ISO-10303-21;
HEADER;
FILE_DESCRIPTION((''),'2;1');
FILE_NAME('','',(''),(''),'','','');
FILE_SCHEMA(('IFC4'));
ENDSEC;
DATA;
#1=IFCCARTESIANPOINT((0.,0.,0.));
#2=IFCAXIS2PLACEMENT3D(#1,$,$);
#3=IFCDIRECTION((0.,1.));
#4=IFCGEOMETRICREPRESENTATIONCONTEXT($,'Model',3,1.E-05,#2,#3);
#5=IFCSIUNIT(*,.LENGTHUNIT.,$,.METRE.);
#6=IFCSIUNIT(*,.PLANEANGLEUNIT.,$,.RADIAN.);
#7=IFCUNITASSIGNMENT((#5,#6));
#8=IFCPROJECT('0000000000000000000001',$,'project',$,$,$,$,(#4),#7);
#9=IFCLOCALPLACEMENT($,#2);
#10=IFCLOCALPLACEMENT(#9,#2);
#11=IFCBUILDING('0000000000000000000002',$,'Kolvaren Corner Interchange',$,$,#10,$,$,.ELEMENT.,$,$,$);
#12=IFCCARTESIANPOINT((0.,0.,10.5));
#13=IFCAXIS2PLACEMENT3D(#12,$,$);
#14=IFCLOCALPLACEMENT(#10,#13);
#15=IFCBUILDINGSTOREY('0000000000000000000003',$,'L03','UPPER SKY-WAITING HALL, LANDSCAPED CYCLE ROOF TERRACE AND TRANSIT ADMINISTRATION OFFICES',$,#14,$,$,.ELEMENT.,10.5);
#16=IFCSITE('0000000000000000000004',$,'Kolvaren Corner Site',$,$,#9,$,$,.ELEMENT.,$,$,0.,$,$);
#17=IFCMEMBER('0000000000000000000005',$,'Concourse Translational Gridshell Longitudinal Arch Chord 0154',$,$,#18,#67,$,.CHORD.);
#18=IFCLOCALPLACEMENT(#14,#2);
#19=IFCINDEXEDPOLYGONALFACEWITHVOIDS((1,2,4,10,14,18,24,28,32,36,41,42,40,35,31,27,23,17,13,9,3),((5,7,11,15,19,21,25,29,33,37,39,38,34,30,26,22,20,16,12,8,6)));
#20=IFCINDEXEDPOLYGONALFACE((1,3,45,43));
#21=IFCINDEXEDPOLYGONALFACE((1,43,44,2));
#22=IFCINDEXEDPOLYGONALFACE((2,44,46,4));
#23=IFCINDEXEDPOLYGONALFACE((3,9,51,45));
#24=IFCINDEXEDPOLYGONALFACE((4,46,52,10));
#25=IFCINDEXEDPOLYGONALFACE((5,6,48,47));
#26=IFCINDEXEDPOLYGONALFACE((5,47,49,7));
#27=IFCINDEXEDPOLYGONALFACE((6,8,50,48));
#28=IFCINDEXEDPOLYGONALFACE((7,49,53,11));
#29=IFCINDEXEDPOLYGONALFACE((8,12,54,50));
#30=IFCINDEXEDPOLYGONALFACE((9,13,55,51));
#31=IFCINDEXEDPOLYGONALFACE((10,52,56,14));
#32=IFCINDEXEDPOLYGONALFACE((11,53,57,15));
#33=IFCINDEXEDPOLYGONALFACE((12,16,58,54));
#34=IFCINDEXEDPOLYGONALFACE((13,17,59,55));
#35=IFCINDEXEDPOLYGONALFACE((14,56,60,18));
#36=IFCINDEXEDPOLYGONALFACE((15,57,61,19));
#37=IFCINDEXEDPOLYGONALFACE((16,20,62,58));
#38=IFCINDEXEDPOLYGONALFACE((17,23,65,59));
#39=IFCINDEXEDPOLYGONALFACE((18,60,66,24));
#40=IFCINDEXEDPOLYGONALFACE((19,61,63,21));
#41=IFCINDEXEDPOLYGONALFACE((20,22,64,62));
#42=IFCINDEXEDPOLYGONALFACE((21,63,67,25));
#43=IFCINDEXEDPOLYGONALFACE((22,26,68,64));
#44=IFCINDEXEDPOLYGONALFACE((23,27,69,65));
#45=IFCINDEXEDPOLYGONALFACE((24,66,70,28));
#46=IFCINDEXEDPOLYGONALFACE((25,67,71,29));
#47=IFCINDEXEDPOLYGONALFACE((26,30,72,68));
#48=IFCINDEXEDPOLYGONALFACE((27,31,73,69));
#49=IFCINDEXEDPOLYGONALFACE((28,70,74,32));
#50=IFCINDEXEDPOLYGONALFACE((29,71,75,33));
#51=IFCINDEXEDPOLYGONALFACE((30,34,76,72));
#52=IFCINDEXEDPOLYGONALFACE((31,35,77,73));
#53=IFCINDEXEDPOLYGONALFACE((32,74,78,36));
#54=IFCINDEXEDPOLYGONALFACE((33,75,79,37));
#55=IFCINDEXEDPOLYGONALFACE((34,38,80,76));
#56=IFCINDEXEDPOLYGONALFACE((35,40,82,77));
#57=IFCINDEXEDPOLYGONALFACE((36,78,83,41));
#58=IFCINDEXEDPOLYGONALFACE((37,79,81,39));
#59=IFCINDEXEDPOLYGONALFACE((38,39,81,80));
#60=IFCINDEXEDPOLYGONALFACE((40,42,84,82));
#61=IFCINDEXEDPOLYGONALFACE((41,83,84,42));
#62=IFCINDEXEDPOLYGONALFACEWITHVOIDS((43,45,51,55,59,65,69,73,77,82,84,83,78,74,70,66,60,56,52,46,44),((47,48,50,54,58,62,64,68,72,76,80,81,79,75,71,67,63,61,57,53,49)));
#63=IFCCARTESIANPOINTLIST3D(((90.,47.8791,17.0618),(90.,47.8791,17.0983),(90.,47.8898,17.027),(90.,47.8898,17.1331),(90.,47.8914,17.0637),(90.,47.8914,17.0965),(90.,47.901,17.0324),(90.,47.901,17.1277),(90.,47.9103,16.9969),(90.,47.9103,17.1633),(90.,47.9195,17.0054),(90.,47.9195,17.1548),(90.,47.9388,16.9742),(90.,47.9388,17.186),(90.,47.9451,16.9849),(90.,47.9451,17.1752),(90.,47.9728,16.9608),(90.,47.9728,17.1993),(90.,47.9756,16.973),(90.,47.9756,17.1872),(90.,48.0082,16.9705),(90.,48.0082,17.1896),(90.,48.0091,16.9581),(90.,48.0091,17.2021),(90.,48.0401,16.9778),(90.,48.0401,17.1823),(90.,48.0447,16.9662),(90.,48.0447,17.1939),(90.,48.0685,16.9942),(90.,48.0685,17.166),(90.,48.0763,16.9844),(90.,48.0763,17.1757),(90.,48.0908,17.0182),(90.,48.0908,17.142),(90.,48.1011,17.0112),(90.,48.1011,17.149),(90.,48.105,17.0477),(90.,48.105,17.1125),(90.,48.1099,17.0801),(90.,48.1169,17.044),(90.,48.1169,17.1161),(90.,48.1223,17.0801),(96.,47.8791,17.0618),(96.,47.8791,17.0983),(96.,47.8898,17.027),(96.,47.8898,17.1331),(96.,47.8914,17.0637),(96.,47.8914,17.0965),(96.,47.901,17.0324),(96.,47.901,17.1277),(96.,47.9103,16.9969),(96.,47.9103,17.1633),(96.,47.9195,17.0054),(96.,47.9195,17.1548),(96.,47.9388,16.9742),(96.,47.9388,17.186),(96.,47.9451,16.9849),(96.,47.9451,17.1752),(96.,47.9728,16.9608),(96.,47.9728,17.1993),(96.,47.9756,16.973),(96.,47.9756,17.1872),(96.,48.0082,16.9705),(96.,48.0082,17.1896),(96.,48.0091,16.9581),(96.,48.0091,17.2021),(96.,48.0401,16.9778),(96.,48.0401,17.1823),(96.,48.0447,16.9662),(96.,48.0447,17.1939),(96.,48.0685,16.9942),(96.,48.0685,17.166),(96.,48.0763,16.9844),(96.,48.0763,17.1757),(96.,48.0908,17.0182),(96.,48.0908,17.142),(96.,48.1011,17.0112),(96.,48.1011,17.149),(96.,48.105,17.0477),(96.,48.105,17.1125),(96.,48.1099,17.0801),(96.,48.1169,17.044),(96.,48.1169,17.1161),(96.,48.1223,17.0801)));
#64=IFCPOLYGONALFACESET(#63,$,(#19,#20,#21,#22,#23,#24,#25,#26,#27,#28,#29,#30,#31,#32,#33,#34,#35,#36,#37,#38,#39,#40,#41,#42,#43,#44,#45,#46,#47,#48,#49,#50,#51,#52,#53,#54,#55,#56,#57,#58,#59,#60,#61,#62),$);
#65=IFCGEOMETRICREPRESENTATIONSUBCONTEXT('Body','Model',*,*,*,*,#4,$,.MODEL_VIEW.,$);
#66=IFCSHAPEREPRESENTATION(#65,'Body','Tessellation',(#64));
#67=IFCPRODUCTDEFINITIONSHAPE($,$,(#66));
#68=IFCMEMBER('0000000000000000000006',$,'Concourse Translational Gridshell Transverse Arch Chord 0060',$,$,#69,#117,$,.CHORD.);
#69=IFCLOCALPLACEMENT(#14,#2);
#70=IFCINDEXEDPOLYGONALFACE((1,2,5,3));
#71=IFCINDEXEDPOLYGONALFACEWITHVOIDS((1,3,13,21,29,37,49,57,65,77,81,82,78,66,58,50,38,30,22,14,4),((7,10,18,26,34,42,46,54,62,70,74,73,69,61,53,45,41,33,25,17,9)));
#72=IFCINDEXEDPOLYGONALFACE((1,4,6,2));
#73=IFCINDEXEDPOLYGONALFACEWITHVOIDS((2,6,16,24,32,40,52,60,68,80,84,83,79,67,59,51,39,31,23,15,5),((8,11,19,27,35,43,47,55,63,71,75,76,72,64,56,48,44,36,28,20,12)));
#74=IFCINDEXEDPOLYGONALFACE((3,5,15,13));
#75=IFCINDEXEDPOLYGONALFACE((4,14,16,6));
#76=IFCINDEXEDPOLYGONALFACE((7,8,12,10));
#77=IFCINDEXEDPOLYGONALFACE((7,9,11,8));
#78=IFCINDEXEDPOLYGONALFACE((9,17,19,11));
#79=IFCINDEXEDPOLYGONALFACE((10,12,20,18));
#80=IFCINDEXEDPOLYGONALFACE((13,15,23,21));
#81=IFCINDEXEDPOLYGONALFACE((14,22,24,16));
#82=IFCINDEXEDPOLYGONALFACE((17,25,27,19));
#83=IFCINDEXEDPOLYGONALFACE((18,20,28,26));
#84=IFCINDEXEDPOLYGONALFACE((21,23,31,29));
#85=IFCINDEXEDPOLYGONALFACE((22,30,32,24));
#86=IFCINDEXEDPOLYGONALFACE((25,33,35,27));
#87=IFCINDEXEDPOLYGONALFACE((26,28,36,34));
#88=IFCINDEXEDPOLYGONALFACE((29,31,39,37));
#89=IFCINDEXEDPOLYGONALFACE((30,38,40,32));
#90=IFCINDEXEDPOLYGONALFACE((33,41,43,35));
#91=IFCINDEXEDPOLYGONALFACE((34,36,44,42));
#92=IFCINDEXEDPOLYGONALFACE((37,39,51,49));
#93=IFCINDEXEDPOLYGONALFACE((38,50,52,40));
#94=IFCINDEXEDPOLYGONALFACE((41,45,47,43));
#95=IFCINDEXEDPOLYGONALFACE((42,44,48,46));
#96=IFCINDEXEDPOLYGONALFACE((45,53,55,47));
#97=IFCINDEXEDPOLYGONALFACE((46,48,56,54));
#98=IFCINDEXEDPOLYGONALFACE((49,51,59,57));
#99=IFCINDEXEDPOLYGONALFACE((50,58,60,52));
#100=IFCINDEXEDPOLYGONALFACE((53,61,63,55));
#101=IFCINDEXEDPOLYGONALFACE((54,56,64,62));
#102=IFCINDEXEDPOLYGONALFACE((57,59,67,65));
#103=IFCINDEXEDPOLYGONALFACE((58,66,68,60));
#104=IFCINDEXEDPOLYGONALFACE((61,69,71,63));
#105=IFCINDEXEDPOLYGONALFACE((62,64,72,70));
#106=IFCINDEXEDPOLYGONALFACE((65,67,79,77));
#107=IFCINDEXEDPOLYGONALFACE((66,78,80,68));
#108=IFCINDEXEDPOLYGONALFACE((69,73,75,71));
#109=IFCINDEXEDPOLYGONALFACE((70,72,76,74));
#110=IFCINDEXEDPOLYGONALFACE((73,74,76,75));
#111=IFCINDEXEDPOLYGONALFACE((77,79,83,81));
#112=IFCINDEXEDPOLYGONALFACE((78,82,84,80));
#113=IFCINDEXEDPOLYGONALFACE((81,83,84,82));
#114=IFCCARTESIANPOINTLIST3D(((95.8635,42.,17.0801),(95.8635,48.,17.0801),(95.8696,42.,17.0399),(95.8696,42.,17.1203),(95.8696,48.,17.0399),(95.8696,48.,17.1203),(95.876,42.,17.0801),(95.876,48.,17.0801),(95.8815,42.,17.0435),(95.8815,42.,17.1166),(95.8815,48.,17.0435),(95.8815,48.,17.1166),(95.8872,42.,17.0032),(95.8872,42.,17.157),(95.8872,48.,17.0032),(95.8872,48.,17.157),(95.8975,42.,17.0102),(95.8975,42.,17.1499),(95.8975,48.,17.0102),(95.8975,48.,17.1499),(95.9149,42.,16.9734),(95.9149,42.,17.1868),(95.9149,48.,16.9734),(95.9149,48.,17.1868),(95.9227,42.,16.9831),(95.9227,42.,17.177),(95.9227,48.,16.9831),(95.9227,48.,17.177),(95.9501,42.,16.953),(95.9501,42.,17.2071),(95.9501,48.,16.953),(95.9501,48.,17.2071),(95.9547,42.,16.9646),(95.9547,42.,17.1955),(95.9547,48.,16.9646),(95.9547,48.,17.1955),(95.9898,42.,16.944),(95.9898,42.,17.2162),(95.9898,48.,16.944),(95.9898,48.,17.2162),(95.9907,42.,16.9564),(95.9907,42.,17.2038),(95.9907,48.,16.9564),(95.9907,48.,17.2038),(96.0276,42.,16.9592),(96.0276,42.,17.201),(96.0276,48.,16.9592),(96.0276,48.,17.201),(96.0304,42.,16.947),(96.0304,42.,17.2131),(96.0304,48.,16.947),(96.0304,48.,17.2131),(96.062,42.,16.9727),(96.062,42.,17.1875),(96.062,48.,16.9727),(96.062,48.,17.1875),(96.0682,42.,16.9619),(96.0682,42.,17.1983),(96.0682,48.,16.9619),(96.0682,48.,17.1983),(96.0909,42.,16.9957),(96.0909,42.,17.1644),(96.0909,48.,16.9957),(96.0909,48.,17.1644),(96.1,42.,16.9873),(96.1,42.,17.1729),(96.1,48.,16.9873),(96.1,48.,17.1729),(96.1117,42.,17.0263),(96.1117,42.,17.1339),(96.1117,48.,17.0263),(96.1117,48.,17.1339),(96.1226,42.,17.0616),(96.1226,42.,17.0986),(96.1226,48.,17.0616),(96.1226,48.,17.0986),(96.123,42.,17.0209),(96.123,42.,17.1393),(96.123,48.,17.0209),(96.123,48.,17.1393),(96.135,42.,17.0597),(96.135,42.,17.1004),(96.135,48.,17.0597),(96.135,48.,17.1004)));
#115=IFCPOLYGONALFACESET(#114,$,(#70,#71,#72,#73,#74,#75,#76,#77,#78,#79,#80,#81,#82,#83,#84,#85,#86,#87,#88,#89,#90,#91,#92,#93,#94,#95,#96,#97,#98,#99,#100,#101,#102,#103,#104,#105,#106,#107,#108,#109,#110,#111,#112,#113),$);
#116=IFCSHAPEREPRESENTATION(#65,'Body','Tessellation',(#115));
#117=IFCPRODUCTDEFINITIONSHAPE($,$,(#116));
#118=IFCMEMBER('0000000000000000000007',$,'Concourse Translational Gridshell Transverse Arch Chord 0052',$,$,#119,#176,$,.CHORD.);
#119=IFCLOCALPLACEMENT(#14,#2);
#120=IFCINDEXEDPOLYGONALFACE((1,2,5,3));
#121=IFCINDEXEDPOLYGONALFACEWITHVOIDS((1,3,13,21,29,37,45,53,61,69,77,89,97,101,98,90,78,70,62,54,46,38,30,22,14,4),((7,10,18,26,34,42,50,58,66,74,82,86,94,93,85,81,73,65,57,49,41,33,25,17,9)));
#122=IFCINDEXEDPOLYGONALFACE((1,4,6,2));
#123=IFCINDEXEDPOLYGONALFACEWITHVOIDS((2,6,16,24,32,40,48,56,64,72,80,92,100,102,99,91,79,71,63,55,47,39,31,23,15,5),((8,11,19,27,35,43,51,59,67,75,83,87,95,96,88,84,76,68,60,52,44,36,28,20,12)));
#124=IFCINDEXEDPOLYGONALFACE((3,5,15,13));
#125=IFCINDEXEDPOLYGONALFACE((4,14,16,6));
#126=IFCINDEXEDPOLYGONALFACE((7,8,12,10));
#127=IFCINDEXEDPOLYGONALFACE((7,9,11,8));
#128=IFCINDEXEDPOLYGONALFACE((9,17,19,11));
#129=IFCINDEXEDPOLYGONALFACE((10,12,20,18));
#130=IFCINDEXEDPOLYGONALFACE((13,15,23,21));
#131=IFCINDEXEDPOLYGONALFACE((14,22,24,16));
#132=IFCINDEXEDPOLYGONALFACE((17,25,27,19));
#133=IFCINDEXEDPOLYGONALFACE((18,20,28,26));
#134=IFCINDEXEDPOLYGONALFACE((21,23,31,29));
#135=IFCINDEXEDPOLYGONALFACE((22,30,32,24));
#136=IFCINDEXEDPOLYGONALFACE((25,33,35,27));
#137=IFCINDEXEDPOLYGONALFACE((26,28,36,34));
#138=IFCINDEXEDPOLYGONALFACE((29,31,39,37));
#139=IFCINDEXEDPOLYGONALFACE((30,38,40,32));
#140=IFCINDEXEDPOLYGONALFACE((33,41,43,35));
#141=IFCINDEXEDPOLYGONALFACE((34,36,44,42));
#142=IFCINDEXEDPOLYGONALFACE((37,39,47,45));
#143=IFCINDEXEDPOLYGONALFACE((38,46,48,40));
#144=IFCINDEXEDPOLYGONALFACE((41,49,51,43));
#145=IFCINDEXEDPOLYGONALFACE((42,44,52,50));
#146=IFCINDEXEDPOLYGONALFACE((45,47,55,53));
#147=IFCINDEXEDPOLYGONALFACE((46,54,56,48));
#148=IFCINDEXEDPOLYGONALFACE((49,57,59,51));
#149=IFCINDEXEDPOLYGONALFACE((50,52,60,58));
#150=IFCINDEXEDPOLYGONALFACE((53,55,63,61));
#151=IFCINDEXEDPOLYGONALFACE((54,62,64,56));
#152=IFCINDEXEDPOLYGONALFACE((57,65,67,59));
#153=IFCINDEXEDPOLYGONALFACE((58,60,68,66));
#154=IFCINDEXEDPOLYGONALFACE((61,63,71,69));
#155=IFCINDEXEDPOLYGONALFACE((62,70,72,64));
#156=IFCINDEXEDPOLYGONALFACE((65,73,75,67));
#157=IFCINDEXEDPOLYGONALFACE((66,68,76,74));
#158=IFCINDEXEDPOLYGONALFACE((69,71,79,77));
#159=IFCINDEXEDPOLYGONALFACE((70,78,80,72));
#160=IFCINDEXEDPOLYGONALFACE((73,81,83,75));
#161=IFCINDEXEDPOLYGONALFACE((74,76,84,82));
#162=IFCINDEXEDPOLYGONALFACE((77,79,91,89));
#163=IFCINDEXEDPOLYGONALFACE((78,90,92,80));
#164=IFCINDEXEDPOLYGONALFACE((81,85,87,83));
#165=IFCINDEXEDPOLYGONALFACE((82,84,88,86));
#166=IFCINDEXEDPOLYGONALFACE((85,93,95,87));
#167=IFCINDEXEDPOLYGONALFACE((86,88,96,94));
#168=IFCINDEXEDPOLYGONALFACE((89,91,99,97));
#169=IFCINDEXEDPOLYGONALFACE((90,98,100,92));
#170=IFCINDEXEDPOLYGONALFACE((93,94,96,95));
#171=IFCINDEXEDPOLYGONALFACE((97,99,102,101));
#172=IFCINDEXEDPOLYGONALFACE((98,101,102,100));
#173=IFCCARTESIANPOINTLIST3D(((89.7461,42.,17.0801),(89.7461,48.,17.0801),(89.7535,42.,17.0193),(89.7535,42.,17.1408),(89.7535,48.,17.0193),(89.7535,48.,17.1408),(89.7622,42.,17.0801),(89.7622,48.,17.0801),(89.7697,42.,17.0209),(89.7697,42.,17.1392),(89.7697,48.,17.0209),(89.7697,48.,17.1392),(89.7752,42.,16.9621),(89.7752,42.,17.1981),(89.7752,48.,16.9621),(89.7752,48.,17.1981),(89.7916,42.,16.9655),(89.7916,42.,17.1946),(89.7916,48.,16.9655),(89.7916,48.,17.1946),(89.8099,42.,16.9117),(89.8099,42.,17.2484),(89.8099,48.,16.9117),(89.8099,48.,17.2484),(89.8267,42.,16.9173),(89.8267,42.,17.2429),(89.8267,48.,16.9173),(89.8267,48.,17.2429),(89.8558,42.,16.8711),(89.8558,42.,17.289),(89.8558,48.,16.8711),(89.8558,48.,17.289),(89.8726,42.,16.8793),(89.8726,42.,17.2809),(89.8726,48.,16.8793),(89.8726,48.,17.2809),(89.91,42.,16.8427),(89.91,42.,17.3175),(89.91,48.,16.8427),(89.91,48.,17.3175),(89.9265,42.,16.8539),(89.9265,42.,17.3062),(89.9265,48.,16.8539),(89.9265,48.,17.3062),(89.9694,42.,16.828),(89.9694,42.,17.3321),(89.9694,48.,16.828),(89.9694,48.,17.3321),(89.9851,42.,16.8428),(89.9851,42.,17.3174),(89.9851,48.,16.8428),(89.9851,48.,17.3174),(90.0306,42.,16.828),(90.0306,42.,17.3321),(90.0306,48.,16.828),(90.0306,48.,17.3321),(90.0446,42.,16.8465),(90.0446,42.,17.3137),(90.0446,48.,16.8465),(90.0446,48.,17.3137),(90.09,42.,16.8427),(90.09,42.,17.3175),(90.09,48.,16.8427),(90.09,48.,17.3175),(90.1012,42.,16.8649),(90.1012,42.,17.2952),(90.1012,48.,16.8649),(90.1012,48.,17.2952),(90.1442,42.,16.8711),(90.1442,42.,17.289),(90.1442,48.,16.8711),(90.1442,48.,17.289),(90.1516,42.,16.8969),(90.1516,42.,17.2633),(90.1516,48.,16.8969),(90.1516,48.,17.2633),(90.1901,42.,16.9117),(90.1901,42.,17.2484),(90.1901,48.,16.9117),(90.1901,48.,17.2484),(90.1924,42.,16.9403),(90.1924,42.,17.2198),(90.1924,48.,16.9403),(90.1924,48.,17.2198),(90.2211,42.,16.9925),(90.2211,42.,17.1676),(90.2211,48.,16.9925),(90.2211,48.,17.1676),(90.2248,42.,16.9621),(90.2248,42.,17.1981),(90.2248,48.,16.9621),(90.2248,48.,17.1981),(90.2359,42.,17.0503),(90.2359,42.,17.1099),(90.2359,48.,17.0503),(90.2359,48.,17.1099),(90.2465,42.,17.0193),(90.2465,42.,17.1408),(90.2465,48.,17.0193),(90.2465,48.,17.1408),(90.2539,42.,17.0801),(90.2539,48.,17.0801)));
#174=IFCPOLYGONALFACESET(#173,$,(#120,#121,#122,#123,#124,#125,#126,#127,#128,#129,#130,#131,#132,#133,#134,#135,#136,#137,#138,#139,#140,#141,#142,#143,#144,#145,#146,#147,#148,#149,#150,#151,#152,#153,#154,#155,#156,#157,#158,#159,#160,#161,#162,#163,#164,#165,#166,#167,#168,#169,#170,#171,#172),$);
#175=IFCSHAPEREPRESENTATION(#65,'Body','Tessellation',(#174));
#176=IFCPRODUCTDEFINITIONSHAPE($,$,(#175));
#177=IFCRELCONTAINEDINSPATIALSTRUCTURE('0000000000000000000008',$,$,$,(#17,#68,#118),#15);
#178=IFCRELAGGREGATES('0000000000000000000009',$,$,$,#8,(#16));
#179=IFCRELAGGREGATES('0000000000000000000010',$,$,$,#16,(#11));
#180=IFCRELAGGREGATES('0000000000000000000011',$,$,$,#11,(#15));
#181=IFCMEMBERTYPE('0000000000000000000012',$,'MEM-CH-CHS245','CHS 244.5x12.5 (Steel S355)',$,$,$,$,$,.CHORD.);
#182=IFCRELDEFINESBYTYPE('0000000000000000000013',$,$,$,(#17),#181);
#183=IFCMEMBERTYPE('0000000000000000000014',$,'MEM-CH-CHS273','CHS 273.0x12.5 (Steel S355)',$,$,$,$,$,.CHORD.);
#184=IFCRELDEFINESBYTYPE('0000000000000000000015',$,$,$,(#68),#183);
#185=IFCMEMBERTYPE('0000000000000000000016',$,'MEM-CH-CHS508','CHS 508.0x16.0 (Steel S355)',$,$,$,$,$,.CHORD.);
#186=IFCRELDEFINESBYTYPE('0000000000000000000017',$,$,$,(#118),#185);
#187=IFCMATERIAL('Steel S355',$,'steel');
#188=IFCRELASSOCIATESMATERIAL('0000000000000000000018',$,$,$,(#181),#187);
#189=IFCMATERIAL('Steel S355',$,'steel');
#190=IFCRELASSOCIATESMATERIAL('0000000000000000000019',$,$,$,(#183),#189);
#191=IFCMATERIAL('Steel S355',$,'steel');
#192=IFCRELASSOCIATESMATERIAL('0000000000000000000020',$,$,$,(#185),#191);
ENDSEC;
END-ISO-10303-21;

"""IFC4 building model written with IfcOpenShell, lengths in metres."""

from ifc_helpers import new_model, si_unit, direction, frame, origin, origin_2d, place, context, subcontext, project, spatial, hollow_circle, extrude, material, material_profile, profile_set, type_object, element, save


model = new_model("IFC4")

# Units and contexts
model_context = context("Model", 3, precision=1e-05, world=origin(), true_north=direction((0.0, 1.0)))
body_context = subcontext(model_context, "Body", "Model", "MODEL_VIEW")
ifc_project = project(units=[si_unit("LENGTHUNIT", "METRE"), si_unit("PLANEANGLEUNIT", "RADIAN")], contexts=[model_context])

# Site, building, storey
site_placement = place(None, origin())
site = spatial("IfcSite", under=ifc_project, at=site_placement, Name="Kolvaren Corner Site", CompositionType="ELEMENT", RefElevation=0.0)
building_placement = place(site_placement, origin())
building = spatial("IfcBuilding", under=site, at=building_placement, Name="Kolvaren Corner Interchange", CompositionType="ELEMENT")
storey_placement = place(building_placement, frame((0.0, 0.0, 10.5)))
storey = spatial("IfcBuildingStorey", under=building, at=storey_placement, Name="L03", Description="UPPER SKY-WAITING HALL, LANDSCAPED CYCLE ROOF TERRACE AND TRANSIT ADMINISTRATION OFFICES", CompositionType="ELEMENT", Elevation=10.5)

# Members
ifc_material_1 = material(Name="Steel S355", Category="steel")
ifc_material_profile_1 = material_profile(ifc_material_1, hollow_circle(Radius=0.1223, WallThickness=0.0125, at=origin_2d()), Name="CHS 244.5x12.5")
ifc_profile_set_1 = profile_set([ifc_material_profile_1], Name="Steel S355")
member_type_1 = type_object("IfcMemberType", Name="MEM-CH-CHS245", Description="CHS 244.5x12.5 (Steel S355)", PredefinedType="CHORD", material=ifc_profile_set_1)
for number, where, z_axis, x_axis, name in (
    (1, (90.0, 48.0, 17.0801), (1.0, 0.0, 0.0), (0.0, 1.0, 0.0), "Concourse Translational Gridshell Longitudinal Arch Chord 0154"),
):
    element("IfcMember", number, at=place(storey_placement, frame(where, z_axis=z_axis, x_axis=x_axis)), inside=storey, type_object=member_type_1, Name=name, PredefinedType="CHORD", context=body_context, shape_type="SweptSolid", body=[
        extrude(hollow_circle(Radius=0.1223, WallThickness=0.0125, at=origin_2d()), origin(), (0.0, 0.0, 1.0), 6.0),
    ])
ifc_material_2 = material(Name="Steel S355", Category="steel")
ifc_material_profile_2 = material_profile(ifc_material_2, hollow_circle(Radius=0.1365, WallThickness=0.0125, at=origin_2d()), Name="CHS 273.0x12.5")
ifc_profile_set_2 = profile_set([ifc_material_profile_2], Name="Steel S355")
member_type_2 = type_object("IfcMemberType", Name="MEM-CH-CHS273", Description="CHS 273.0x12.5 (Steel S355)", PredefinedType="CHORD", material=ifc_profile_set_2)
member_1_placement = place(storey_placement, frame((96.0, 42.0, 17.0801), z_axis=(0.0, 1.0, 0.0), x_axis=(-1.0, 0.0, 0.0)))
element("IfcMember", 2, at=member_1_placement, inside=storey, type_object=member_type_2, Name="Concourse Translational Gridshell Transverse Arch Chord 0060", PredefinedType="CHORD", context=body_context, shape_type="SweptSolid", body=[
    extrude(hollow_circle(Radius=0.1365, WallThickness=0.0125, at=origin_2d()), origin(), (0.0, 0.0, 1.0), 6.0),
])
ifc_material_3 = material(Name="Steel S355", Category="steel")
ifc_material_profile_3 = material_profile(ifc_material_3, hollow_circle(Radius=0.2539, WallThickness=0.0161, at=origin_2d()), Name="CHS 508.0x16.0")
ifc_profile_set_3 = profile_set([ifc_material_profile_3], Name="Steel S355")
member_type_3 = type_object("IfcMemberType", Name="MEM-CH-CHS508", Description="CHS 508.0x16.0 (Steel S355)", PredefinedType="CHORD", material=ifc_profile_set_3)
for number, where, z_axis, x_axis, name in (
    (3, (90.0, 42.0, 17.0801), (0.0, 1.0, 0.0), (-1.0, 0.0, 0.0), "Concourse Translational Gridshell Transverse Arch Chord 0052"),
):
    element("IfcMember", number, at=place(storey_placement, frame(where, z_axis=z_axis, x_axis=x_axis)), inside=storey, type_object=member_type_3, Name=name, PredefinedType="CHORD", context=body_context, shape_type="SweptSolid", body=[
        extrude(hollow_circle(Radius=0.2539, WallThickness=0.0161, at=origin_2d()), origin(), (0.0, 0.0, 1.0), 6.0),
    ])

save(model, "model.ifc")
